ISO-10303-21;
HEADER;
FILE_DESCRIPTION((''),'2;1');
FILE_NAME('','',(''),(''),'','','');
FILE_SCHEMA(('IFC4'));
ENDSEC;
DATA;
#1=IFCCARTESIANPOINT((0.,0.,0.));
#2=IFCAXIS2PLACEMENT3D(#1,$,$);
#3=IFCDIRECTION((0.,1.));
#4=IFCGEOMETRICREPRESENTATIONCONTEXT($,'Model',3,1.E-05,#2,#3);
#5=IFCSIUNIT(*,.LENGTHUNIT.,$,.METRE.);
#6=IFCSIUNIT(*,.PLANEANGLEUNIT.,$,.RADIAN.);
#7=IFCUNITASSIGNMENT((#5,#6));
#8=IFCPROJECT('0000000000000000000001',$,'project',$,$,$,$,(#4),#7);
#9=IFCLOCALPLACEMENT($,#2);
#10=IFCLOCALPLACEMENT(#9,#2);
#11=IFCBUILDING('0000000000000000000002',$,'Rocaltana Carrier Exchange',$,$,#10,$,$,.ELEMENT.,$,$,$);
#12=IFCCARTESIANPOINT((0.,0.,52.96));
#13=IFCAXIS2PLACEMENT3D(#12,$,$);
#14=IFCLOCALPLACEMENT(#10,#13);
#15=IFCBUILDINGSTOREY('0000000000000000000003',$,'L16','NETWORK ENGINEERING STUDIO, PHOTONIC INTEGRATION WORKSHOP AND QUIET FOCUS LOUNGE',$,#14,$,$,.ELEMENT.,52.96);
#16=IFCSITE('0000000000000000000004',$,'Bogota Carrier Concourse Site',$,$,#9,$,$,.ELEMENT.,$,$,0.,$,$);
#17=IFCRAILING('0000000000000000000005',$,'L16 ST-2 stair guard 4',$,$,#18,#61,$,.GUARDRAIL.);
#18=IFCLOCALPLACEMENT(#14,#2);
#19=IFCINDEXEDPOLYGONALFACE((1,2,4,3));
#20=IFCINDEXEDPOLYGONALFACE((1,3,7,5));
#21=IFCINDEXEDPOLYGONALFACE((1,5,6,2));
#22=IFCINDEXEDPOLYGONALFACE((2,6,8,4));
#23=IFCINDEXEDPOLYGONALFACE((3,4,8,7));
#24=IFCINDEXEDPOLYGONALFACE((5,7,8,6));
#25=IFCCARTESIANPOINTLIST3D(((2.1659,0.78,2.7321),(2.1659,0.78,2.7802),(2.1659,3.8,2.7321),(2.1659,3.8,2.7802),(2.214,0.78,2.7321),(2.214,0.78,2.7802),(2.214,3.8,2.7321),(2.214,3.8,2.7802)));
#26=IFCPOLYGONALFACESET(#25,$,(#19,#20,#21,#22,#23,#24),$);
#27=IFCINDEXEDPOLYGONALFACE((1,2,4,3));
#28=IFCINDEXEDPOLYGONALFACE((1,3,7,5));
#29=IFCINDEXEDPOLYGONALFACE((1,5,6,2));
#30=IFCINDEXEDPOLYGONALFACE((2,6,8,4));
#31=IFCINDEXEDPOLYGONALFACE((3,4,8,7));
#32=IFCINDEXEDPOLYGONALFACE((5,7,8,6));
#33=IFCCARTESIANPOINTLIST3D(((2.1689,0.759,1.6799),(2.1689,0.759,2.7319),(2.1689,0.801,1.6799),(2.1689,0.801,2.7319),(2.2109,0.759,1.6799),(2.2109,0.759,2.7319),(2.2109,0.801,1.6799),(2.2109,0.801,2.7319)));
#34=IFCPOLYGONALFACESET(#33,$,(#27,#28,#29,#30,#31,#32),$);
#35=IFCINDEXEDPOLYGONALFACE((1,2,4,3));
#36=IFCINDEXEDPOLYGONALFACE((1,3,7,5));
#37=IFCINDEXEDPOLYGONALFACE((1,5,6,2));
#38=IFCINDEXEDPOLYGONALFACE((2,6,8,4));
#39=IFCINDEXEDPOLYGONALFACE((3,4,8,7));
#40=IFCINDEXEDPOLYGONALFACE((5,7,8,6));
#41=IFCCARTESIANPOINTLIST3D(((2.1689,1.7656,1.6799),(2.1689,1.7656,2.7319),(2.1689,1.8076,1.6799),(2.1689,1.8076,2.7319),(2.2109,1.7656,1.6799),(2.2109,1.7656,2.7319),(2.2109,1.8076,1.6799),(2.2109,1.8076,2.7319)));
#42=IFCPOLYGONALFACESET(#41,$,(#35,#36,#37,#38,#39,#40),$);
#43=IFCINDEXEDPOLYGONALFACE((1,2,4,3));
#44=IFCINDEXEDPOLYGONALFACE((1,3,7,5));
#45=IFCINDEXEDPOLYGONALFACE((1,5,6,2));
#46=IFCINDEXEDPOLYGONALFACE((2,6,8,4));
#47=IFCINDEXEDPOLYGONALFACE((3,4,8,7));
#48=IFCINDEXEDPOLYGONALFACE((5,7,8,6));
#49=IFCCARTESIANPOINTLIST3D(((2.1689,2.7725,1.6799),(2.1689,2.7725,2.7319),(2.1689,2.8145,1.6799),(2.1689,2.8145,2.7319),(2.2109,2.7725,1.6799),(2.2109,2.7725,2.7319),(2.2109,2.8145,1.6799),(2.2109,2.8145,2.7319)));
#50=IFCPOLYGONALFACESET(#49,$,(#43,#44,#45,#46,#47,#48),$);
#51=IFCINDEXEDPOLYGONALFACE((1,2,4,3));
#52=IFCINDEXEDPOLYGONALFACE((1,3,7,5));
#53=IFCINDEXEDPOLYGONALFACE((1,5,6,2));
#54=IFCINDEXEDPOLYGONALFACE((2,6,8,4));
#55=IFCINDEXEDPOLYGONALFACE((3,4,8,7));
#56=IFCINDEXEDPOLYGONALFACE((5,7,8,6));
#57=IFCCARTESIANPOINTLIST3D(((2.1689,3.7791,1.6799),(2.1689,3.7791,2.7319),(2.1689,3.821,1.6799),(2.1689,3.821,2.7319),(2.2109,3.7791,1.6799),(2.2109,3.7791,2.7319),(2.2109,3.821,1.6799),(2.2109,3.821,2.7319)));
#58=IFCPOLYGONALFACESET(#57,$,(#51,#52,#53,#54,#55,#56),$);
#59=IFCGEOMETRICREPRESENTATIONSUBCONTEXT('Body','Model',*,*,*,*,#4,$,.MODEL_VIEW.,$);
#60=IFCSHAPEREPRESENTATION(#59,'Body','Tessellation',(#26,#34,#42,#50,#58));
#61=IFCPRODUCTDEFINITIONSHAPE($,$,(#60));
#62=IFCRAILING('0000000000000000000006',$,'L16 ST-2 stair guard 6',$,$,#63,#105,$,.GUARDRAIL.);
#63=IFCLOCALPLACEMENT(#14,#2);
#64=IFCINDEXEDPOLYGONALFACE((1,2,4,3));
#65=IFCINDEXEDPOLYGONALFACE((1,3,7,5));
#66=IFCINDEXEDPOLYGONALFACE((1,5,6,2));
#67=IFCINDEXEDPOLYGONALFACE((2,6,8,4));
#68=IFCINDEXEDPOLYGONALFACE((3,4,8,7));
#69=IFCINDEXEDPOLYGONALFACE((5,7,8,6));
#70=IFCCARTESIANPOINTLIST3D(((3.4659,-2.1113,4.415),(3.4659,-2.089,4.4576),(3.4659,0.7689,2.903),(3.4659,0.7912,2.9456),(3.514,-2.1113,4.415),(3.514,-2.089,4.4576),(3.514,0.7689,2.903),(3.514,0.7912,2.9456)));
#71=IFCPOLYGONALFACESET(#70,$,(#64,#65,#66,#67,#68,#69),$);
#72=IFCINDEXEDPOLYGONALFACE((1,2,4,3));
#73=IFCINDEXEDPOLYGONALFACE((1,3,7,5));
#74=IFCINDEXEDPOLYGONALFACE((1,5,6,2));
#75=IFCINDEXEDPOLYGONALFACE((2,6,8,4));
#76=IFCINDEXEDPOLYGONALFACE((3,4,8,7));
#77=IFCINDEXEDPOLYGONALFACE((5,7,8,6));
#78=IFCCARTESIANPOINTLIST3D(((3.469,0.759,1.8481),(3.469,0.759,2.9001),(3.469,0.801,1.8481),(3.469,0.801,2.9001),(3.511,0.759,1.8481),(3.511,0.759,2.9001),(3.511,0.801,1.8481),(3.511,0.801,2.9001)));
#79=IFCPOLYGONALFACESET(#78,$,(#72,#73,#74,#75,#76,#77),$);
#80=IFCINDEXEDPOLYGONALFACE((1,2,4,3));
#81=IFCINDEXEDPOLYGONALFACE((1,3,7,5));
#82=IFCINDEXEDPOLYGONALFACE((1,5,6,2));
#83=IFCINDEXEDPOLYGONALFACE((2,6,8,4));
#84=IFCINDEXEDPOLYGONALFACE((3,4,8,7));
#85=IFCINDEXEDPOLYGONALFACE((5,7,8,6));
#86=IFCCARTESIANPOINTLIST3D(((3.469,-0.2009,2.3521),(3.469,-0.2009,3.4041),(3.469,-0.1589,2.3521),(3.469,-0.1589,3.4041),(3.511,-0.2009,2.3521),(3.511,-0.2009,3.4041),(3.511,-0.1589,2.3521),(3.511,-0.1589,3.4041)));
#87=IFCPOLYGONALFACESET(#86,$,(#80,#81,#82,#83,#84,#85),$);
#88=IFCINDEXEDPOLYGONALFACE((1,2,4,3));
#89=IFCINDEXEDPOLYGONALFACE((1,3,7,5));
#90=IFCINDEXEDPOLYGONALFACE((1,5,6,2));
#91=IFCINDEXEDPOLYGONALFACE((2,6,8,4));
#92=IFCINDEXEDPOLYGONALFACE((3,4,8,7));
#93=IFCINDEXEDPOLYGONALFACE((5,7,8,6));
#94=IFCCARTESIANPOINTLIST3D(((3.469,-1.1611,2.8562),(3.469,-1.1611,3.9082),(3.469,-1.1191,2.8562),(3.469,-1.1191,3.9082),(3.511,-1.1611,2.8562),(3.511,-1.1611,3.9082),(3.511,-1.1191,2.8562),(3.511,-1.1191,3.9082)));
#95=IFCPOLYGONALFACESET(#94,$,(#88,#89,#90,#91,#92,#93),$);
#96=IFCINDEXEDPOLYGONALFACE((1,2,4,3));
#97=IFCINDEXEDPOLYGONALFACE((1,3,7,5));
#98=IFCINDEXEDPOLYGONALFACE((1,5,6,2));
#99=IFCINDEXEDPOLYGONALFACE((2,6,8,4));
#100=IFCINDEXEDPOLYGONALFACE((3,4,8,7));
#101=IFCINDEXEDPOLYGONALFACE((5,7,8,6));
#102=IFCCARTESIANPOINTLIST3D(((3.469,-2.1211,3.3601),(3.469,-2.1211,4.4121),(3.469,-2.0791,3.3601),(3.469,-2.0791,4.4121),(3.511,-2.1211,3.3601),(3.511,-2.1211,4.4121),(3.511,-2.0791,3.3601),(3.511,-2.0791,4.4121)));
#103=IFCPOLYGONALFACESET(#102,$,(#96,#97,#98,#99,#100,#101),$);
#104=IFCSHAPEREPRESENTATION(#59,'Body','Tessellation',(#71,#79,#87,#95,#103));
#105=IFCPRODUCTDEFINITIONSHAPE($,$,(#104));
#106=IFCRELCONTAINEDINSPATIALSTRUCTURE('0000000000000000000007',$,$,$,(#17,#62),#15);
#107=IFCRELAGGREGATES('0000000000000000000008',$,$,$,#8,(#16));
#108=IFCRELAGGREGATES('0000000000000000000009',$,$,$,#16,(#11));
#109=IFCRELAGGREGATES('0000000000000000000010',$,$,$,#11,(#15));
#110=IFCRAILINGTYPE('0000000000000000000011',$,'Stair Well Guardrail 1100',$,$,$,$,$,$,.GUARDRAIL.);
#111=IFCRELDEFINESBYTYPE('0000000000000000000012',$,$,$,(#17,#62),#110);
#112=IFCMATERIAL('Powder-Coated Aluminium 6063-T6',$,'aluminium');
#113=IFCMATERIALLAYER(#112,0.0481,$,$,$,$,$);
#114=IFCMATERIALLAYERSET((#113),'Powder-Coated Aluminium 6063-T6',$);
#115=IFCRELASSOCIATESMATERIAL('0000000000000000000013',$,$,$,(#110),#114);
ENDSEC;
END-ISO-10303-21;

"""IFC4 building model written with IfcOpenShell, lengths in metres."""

from ifc_helpers import new_model, si_unit, direction, frame, origin, origin_2d, place, context, subcontext, project, spatial, rectangle, extrude, material, layer, layer_set, type_object, element, save


model = new_model("IFC4")

# Units and contexts
model_context = context("Model", 3, precision=1e-05, world=origin(), true_north=direction((0.0, 1.0)))
body_context = subcontext(model_context, "Body", "Model", "MODEL_VIEW")
ifc_project = project(units=[si_unit("LENGTHUNIT", "METRE"), si_unit("PLANEANGLEUNIT", "RADIAN")], contexts=[model_context])

# Site, building, storey
site_placement = place(None, origin())
site = spatial("IfcSite", under=ifc_project, at=site_placement, Name="Bogota Carrier Concourse Site", CompositionType="ELEMENT", RefElevation=0.0)
building_placement = place(site_placement, origin())
building = spatial("IfcBuilding", under=site, at=building_placement, Name="Rocaltana Carrier Exchange", CompositionType="ELEMENT")
storey_placement = place(building_placement, frame((0.0, 0.0, 52.96)))
storey = spatial("IfcBuildingStorey", under=building, at=storey_placement, Name="L16", Description="NETWORK ENGINEERING STUDIO, PHOTONIC INTEGRATION WORKSHOP AND QUIET FOCUS LOUNGE", CompositionType="ELEMENT", Elevation=52.96)

# Railings
ifc_material_1 = material(Name="Powder-Coated Aluminium 6063-T6", Category="aluminium")
ifc_layer_1 = layer(ifc_material_1, 0.0481)
ifc_layer_set_1 = layer_set([ifc_layer_1], Name="Powder-Coated Aluminium 6063-T6")
railing_type_1 = type_object("IfcRailingType", Name="Stair Well Guardrail 1100", PredefinedType="GUARDRAIL", material=ifc_layer_set_1)
for number, where, name in (
    (1, (2.1899, 0.78, 1.6799), "L16 ST-2 stair guard 4"),
):
    element("IfcRailing", number, at=place(storey_placement, frame(where)), inside=storey, type_object=railing_type_1, Name=name, PredefinedType="GUARDRAIL", context=body_context, shape_type="SweptSolid", body=[
        extrude(rectangle(XDim=0.0481, YDim=0.0481, at=origin_2d()), frame((0.0, 0.0, 1.0762), z_axis=(0.0, 1.0, 0.0), x_axis=(-1.0, 0.0, 0.0)), (0.0, 0.0, 1.0), 3.02),
        extrude(rectangle(XDim=0.042, YDim=0.042, at=origin_2d()), origin(), (0.0, 0.0, 1.0), 1.052),
        extrude(rectangle(XDim=0.042, YDim=0.042, at=origin_2d()), frame((0.0, 1.0066, 0.0)), (0.0, 0.0, 1.0), 1.052),
        extrude(rectangle(XDim=0.042, YDim=0.042, at=origin_2d()), frame((0.0, 2.0134, 0.0)), (0.0, 0.0, 1.0), 1.052),
        extrude(rectangle(XDim=0.042, YDim=0.042, at=origin_2d()), frame((0.0, 3.02, 0.0)), (0.0, 0.0, 1.0), 1.052),
    ])
railing_1_placement = place(storey_placement, frame((3.49, 0.78, 1.8481)))
element("IfcRailing", 2, at=railing_1_placement, inside=storey, type_object=railing_type_1, Name="L16 ST-2 stair guard 6", PredefinedType="GUARDRAIL", context=body_context, shape_type="SweptSolid", body=[
    extrude(rectangle(XDim=0.0481, YDim=0.0481, at=origin_2d()), frame((0.0, 0.0, 1.0762), z_axis=(0.0, -0.885411, 0.464809), x_axis=(1.0, 0.0, 0.0)), (0.0, 0.0, 1.0), 3.2529),
    extrude(rectangle(XDim=0.042, YDim=0.042, at=origin_2d()), origin(), (0.0, 0.0, 1.0), 1.052),
    extrude(rectangle(XDim=0.042, YDim=0.042, at=origin_2d()), frame((0.0, -0.96, 0.5039)), (0.0, 0.0, 1.0), 1.052),
    extrude(rectangle(XDim=0.042, YDim=0.042, at=origin_2d()), frame((0.0, -1.9202, 1.0081)), (0.0, 0.0, 1.0), 1.052),
    extrude(rectangle(XDim=0.042, YDim=0.042, at=origin_2d()), frame((0.0, -2.8801, 1.512)), (0.0, 0.0, 1.0), 1.052),
])

save(model, "model.ifc")
